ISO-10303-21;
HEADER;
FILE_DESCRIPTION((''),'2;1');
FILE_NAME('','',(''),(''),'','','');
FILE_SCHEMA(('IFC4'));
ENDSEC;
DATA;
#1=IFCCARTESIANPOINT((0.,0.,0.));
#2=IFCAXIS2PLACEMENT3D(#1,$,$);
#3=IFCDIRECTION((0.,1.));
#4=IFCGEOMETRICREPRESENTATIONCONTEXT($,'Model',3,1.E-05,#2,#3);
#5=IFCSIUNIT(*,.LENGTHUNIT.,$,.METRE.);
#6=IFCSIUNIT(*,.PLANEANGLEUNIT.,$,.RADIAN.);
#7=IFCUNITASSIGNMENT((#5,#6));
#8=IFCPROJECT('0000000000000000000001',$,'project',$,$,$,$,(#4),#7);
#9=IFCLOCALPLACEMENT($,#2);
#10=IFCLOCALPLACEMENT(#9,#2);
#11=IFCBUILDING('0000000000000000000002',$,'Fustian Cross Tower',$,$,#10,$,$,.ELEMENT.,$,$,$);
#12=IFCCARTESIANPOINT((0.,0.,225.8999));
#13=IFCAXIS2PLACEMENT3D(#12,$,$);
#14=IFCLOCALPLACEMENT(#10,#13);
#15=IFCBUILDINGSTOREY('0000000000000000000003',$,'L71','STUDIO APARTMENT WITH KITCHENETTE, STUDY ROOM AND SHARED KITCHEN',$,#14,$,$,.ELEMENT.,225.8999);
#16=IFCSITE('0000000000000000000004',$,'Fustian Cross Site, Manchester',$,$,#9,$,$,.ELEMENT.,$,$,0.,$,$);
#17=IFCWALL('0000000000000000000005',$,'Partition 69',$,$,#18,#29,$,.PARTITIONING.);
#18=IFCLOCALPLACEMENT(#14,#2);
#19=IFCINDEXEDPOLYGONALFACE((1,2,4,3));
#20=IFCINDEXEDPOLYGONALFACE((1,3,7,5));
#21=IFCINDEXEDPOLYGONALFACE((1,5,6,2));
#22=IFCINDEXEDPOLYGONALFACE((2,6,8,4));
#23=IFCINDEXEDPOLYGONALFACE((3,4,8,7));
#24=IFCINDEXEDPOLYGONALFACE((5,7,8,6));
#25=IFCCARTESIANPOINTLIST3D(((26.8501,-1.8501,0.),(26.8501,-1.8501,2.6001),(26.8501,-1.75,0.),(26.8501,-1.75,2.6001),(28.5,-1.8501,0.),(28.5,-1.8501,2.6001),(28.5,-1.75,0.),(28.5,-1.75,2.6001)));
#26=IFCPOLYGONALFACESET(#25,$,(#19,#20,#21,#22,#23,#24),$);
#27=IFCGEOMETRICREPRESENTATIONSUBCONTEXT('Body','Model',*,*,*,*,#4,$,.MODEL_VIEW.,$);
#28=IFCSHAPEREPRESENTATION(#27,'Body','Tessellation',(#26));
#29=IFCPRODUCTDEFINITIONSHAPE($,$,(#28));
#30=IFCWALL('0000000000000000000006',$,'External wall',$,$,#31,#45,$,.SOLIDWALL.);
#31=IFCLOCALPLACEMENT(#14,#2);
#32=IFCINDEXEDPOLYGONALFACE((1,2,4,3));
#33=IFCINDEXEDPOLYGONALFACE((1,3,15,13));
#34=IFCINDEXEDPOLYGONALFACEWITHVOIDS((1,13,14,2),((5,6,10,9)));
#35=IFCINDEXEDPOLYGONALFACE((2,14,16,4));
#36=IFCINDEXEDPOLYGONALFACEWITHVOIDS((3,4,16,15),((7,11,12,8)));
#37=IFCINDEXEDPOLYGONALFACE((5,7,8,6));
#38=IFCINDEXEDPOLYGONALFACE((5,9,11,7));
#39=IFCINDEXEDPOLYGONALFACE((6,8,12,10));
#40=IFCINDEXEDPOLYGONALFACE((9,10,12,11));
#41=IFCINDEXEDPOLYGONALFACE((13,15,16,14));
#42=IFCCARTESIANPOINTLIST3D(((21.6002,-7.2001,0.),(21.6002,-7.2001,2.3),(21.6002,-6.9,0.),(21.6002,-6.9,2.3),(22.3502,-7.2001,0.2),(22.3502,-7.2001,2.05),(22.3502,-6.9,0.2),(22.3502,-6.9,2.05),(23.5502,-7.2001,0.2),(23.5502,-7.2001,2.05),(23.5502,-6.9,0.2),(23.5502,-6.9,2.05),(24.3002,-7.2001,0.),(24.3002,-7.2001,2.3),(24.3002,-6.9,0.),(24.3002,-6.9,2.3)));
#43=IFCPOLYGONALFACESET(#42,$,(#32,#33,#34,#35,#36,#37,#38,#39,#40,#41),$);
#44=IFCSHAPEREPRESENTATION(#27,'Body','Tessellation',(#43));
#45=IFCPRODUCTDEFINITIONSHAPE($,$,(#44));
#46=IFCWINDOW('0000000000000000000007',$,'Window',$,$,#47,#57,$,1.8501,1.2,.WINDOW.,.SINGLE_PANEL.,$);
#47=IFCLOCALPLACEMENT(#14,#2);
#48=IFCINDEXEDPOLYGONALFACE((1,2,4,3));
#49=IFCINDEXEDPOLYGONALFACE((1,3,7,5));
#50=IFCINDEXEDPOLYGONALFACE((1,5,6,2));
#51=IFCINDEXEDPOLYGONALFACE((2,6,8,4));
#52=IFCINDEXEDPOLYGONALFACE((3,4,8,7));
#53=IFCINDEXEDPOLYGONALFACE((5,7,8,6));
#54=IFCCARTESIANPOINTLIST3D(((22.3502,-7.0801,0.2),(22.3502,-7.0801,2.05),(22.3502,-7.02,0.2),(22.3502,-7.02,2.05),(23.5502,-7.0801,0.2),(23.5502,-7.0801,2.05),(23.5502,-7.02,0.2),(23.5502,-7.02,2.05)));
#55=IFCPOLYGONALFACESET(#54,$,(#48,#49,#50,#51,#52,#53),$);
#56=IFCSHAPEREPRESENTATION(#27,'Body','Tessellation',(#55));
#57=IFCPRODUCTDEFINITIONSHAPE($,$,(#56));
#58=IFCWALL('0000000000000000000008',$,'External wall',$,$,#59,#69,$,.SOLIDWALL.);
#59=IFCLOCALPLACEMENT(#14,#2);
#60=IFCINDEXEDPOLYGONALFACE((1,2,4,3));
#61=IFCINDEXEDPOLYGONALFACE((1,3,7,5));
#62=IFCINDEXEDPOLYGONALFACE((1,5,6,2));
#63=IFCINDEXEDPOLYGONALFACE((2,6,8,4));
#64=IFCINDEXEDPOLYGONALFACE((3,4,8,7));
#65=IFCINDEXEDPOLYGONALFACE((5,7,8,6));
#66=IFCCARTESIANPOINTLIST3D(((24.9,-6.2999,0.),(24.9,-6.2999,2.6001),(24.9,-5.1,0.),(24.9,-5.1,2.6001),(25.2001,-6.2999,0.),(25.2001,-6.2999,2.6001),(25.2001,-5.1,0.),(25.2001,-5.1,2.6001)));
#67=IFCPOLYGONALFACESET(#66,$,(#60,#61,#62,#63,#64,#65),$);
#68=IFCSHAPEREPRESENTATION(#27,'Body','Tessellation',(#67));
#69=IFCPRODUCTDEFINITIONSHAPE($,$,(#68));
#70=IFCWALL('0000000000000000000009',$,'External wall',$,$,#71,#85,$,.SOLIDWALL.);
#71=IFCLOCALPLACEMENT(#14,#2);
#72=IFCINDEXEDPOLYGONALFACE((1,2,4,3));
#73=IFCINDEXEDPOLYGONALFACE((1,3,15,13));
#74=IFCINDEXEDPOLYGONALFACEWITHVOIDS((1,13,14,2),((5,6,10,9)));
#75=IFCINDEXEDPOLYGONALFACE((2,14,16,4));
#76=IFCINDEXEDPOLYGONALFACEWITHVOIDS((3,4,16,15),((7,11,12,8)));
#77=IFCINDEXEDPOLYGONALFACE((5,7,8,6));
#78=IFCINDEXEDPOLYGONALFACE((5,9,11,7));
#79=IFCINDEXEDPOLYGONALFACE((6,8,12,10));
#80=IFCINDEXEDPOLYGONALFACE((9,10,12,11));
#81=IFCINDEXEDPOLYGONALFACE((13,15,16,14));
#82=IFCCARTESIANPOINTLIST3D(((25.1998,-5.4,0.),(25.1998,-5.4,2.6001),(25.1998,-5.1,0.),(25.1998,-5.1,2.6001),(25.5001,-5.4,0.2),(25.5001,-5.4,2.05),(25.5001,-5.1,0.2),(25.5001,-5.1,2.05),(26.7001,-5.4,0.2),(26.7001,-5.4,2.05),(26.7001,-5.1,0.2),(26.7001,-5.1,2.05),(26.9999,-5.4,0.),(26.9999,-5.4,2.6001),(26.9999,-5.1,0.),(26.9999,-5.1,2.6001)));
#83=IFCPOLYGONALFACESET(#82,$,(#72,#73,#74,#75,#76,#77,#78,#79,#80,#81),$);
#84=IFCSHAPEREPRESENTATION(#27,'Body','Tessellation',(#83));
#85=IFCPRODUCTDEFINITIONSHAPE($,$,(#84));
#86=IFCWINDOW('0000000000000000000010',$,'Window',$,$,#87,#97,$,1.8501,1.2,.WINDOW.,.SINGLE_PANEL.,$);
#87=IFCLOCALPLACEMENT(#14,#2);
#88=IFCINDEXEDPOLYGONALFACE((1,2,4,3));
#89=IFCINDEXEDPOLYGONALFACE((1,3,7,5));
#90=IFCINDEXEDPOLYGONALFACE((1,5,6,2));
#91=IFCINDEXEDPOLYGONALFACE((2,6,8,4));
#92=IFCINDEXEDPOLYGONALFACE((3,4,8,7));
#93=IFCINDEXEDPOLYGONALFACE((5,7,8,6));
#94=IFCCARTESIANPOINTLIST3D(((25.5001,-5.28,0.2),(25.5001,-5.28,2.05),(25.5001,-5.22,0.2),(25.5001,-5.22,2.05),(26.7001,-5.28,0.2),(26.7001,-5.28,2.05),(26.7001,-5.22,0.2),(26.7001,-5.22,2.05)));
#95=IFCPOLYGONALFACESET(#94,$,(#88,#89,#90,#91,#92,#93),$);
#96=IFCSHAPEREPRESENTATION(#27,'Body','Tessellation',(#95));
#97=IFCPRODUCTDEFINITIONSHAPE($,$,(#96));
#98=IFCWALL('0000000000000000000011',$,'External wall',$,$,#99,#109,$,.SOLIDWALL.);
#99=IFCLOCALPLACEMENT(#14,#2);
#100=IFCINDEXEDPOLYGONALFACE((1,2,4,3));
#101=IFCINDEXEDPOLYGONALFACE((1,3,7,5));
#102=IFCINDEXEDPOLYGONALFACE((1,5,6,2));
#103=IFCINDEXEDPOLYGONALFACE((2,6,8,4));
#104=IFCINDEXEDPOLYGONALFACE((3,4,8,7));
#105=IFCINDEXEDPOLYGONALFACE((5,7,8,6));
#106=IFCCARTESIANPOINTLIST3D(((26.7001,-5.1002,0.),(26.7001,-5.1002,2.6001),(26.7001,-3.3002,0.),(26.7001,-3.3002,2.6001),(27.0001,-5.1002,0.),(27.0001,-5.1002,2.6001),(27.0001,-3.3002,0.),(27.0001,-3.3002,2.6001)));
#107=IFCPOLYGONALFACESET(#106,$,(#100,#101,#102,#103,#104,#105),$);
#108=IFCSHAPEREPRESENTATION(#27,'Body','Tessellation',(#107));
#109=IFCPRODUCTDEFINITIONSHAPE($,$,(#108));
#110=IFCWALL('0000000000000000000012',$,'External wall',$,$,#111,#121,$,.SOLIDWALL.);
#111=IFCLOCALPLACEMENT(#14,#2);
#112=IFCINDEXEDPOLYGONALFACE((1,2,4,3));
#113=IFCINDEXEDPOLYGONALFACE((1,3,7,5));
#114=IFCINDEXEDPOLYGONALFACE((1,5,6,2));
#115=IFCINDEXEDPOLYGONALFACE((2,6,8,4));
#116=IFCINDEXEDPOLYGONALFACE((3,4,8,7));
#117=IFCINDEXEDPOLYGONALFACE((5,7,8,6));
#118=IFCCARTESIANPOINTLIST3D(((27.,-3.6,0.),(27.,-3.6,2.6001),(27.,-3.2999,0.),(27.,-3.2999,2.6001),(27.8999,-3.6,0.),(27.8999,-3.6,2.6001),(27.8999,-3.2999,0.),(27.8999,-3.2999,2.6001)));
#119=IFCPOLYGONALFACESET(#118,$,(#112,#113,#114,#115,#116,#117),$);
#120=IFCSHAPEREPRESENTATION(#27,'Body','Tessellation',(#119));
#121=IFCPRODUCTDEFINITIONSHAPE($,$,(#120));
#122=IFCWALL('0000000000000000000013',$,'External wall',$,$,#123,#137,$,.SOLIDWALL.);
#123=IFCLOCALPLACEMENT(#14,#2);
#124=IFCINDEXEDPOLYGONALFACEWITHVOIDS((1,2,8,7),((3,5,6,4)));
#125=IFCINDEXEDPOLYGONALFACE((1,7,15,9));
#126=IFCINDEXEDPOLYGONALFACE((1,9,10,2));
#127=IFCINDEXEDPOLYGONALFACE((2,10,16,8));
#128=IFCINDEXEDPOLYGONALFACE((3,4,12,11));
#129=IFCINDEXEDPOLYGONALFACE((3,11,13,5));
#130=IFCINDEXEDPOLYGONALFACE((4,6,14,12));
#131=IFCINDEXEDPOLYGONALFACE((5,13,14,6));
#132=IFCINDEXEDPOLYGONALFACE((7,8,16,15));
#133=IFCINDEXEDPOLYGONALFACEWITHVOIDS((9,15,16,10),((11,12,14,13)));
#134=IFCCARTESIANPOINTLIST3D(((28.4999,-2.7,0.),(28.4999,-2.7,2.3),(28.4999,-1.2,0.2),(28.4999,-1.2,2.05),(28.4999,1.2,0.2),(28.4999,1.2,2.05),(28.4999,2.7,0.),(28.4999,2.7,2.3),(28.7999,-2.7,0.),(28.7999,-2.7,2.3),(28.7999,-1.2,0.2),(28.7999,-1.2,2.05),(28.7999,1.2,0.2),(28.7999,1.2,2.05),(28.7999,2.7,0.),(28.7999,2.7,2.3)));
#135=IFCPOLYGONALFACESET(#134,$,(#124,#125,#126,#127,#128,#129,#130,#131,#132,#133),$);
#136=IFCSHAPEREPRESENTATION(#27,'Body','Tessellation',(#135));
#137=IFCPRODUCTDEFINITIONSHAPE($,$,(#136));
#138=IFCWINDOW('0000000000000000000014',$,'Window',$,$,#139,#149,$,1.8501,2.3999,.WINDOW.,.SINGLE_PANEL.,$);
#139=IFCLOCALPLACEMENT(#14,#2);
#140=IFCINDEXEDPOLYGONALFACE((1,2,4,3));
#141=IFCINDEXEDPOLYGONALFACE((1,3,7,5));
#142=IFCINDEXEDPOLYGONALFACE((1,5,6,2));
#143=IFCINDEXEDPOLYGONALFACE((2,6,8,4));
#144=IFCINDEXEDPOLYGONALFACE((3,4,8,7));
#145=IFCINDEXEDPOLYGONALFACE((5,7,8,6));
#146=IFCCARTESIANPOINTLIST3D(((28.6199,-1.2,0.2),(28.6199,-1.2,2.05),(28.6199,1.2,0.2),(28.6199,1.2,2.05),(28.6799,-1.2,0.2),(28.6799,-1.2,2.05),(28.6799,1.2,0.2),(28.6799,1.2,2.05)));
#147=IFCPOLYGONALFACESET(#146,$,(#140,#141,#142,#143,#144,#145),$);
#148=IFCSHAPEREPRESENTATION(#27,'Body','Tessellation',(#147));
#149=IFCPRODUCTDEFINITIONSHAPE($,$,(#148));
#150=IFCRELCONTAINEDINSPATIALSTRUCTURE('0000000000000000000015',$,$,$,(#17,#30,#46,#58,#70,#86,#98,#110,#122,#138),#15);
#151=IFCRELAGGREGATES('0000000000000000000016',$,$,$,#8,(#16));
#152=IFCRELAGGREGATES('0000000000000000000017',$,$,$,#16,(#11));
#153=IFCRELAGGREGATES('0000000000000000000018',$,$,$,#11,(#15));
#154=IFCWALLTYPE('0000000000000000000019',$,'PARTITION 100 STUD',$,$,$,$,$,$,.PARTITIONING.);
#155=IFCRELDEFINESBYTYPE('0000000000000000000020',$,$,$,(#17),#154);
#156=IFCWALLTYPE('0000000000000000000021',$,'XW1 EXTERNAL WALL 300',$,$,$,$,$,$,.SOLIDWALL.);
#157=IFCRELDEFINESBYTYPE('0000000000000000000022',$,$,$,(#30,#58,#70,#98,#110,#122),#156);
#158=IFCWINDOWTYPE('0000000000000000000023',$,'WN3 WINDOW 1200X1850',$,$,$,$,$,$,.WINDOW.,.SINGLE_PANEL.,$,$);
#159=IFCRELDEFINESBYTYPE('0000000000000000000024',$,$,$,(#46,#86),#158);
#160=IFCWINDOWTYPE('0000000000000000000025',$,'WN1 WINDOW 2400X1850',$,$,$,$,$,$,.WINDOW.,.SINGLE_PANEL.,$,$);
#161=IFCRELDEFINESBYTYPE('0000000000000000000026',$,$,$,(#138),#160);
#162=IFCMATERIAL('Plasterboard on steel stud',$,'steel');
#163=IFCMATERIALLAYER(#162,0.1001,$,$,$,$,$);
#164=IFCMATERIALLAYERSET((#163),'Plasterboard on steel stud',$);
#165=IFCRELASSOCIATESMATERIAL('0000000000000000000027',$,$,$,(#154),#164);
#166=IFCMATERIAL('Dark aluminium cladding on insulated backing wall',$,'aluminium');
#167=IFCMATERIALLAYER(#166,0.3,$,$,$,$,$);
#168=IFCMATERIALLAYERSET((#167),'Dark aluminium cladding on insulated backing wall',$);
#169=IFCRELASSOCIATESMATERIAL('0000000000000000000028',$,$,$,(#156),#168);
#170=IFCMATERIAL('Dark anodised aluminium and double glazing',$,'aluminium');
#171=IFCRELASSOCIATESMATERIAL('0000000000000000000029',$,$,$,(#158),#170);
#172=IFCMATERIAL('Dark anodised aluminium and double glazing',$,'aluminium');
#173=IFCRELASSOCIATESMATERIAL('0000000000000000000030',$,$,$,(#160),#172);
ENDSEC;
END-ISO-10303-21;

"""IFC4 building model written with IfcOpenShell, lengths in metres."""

from ifc_helpers import new_model, si_unit, direction, frame, frame_2d, origin, place, context, subcontext, project, spatial, rectangle, extrude, material, layer, layer_set, type_object, element, fill, save


model = new_model("IFC4")

# Units and contexts
model_context = context("Model", 3, precision=1e-05, world=origin(), true_north=direction((0.0, 1.0)))
body_context = subcontext(model_context, "Body", "Model", "MODEL_VIEW")
ifc_project = project(units=[si_unit("LENGTHUNIT", "METRE"), si_unit("PLANEANGLEUNIT", "RADIAN")], contexts=[model_context])

# Site, building, storey
site_placement = place(None, origin())
site = spatial("IfcSite", under=ifc_project, at=site_placement, Name="Fustian Cross Site, Manchester", CompositionType="ELEMENT", RefElevation=0.0)
building_placement = place(site_placement, origin())
building = spatial("IfcBuilding", under=site, at=building_placement, Name="Fustian Cross Tower", CompositionType="ELEMENT")
storey_placement = place(building_placement, frame((0.0, 0.0, 225.8999)))
storey = spatial("IfcBuildingStorey", under=building, at=storey_placement, Name="L71", Description="STUDIO APARTMENT WITH KITCHENETTE, STUDY ROOM AND SHARED KITCHEN", CompositionType="ELEMENT", Elevation=225.8999)

# Shared definitions
ifc_material_1 = material(Name="Plasterboard on steel stud", Category="steel")
ifc_layer_1 = layer(ifc_material_1, 0.1001)
ifc_layer_set_1 = layer_set([ifc_layer_1], Name="Plasterboard on steel stud")
wall_type_1 = type_object("IfcWallType", Name="PARTITION 100 STUD", PredefinedType="PARTITIONING", material=ifc_layer_set_1)

# Wall
wall_1_placement = place(storey_placement, frame((26.8501, -1.8, 0.0), z_axis=(0.0, 0.0, 1.0), x_axis=(1.0, 0.0, 0.0)))
element("IfcWall", 1, at=wall_1_placement, inside=storey, type_object=wall_type_1, Name="Partition 69", PredefinedType="PARTITIONING", context=body_context, shape_type="SweptSolid", body=[
    extrude(rectangle(XDim=1.6499, YDim=0.1001, at=frame_2d((0.825, 0.0))), origin(), (0.0, 0.0, 1.0), 2.6001),
])

# Wall, opening, window
ifc_material_2 = material(Name="Dark aluminium cladding on insulated backing wall", Category="aluminium")
ifc_layer_2 = layer(ifc_material_2, 0.3)
ifc_layer_set_2 = layer_set([ifc_layer_2], Name="Dark aluminium cladding on insulated backing wall")
wall_type_2 = type_object("IfcWallType", Name="XW1 EXTERNAL WALL 300", PredefinedType="SOLIDWALL", material=ifc_layer_set_2)
wall_2_placement = place(storey_placement, frame((21.6001, -7.05, 0.0), z_axis=(0.0, 0.0, 1.0), x_axis=(1.0, 0.0, 0.0)))
wall_2 = element("IfcWall", 2, at=wall_2_placement, inside=storey, type_object=wall_type_2, Name="External wall", PredefinedType="SOLIDWALL", context=body_context, shape_type="SweptSolid", body=[
    extrude(rectangle(XDim=2.7, YDim=0.3, at=frame_2d((1.3501, 0.0))), origin(), (0.0, 0.0, 1.0), 2.3),
])
opening_1_placement = place(wall_2_placement, frame((0.75, 0.0, 0.2)))
opening_1 = element("IfcOpeningElement", 3, at=opening_1_placement, cuts=wall_2, PredefinedType="OPENING", context=body_context, shape_type="SweptSolid", body=[
    extrude(rectangle(XDim=1.2, YDim=1.8501, at=frame_2d((0.6001, 0.925))), frame((0.0, 0.1599, 0.0), z_axis=(0.0, -1.0, 0.0), x_axis=(1.0, 0.0, 0.0)), (0.0, 0.0, 1.0), 0.3201),
])
ifc_material_3 = material(Name="Dark anodised aluminium and double glazing", Category="aluminium")
window_type_1 = type_object("IfcWindowType", Name="WN3 WINDOW 1200X1850", PartitioningType="SINGLE_PANEL", PredefinedType="WINDOW", material=ifc_material_3)
window_1_placement = place(opening_1_placement, origin())
window_1 = element("IfcWindow", 4, at=window_1_placement, inside=storey, type_object=window_type_1, Name="Window", OverallHeight=1.8501, OverallWidth=1.2, PartitioningType="SINGLE_PANEL", PredefinedType="WINDOW", context=body_context, shape_type="SweptSolid", body=[
    extrude(rectangle(XDim=1.2, YDim=1.8501, at=frame_2d((0.6001, 0.925))), frame((0.0, 0.03, 0.0), z_axis=(0.0, -1.0, 0.0), x_axis=(1.0, 0.0, 0.0)), (0.0, 0.0, 1.0), 0.0601),
])
fill(opening_1, window_1)

# Wall
wall_3_placement = place(storey_placement, frame((25.05, -6.3, 0.0), z_axis=(0.0, 0.0, 1.0), x_axis=(0.0, 1.0, 0.0)))
element("IfcWall", 5, at=wall_3_placement, inside=storey, type_object=wall_type_2, Name="External wall", PredefinedType="SOLIDWALL", context=body_context, shape_type="SweptSolid", body=[
    extrude(rectangle(XDim=1.2, YDim=0.3, at=frame_2d((0.6001, 0.0))), origin(), (0.0, 0.0, 1.0), 2.6001),
])

# Wall, opening, window
wall_4_placement = place(storey_placement, frame((25.2, -5.25, 0.0), z_axis=(0.0, 0.0, 1.0), x_axis=(1.0, 0.0, 0.0)))
wall_4 = element("IfcWall", 6, at=wall_4_placement, inside=storey, type_object=wall_type_2, Name="External wall", PredefinedType="SOLIDWALL", context=body_context, shape_type="SweptSolid", body=[
    extrude(rectangle(XDim=1.8, YDim=0.3, at=frame_2d((0.8999, 0.0))), origin(), (0.0, 0.0, 1.0), 2.6001),
])
opening_2_placement = place(wall_4_placement, frame((0.3, 0.0, 0.2)))
opening_2 = element("IfcOpeningElement", 7, at=opening_2_placement, cuts=wall_4, PredefinedType="OPENING", context=body_context, shape_type="SweptSolid", body=[
    extrude(rectangle(XDim=1.2, YDim=1.8501, at=frame_2d((0.6001, 0.925))), frame((0.0, 0.1599, 0.0), z_axis=(0.0, -1.0, 0.0), x_axis=(1.0, 0.0, 0.0)), (0.0, 0.0, 1.0), 0.3201),
])
window_2_placement = place(opening_2_placement, origin())
window_2 = element("IfcWindow", 8, at=window_2_placement, inside=storey, type_object=window_type_1, Name="Window", OverallHeight=1.8501, OverallWidth=1.2, PartitioningType="SINGLE_PANEL", PredefinedType="WINDOW", context=body_context, shape_type="SweptSolid", body=[
    extrude(rectangle(XDim=1.2, YDim=1.8501, at=frame_2d((0.6001, 0.925))), frame((0.0, 0.03, 0.0), z_axis=(0.0, -1.0, 0.0), x_axis=(1.0, 0.0, 0.0)), (0.0, 0.0, 1.0), 0.0601),
])
fill(opening_2, window_2)

# Walls
wall_5_placement = place(storey_placement, frame((26.8501, -5.1001, 0.0), z_axis=(0.0, 0.0, 1.0), x_axis=(0.0, 1.0, 0.0)))
element("IfcWall", 9, at=wall_5_placement, inside=storey, type_object=wall_type_2, Name="External wall", PredefinedType="SOLIDWALL", context=body_context, shape_type="SweptSolid", body=[
    extrude(rectangle(XDim=1.8, YDim=0.3, at=frame_2d((0.8999, 0.0))), origin(), (0.0, 0.0, 1.0), 2.6001),
])
wall_6_placement = place(storey_placement, frame((27.0, -3.45, 0.0), z_axis=(0.0, 0.0, 1.0), x_axis=(1.0, 0.0, 0.0)))
element("IfcWall", 10, at=wall_6_placement, inside=storey, type_object=wall_type_2, Name="External wall", PredefinedType="SOLIDWALL", context=body_context, shape_type="SweptSolid", body=[
    extrude(rectangle(XDim=0.8999, YDim=0.3, at=frame_2d((0.45, 0.0))), origin(), (0.0, 0.0, 1.0), 2.6001),
])

# Wall, opening, window
wall_7_placement = place(storey_placement, frame((28.6499, -2.7, 0.0), z_axis=(0.0, 0.0, 1.0), x_axis=(0.0, 1.0, 0.0)))
wall_7 = element("IfcWall", 11, at=wall_7_placement, inside=storey, type_object=wall_type_2, Name="External wall", PredefinedType="SOLIDWALL", context=body_context, shape_type="SweptSolid", body=[
    extrude(rectangle(XDim=5.3999, YDim=0.3, at=frame_2d((2.7, 0.0))), origin(), (0.0, 0.0, 1.0), 2.3),
])
opening_3_placement = place(wall_7_placement, frame((1.5, 0.0, 0.2)))
opening_3 = element("IfcOpeningElement", 12, at=opening_3_placement, cuts=wall_7, PredefinedType="OPENING", context=body_context, shape_type="SweptSolid", body=[
    extrude(rectangle(XDim=2.3999, YDim=1.8501, at=frame_2d((1.2, 0.925))), frame((0.0, 0.1599, 0.0), z_axis=(0.0, -1.0, 0.0), x_axis=(1.0, 0.0, 0.0)), (0.0, 0.0, 1.0), 0.3201),
])
ifc_material_4 = material(Name="Dark anodised aluminium and double glazing", Category="aluminium")
window_type_2 = type_object("IfcWindowType", Name="WN1 WINDOW 2400X1850", PartitioningType="SINGLE_PANEL", PredefinedType="WINDOW", material=ifc_material_4)
window_3_placement = place(opening_3_placement, origin())
window_3 = element("IfcWindow", 13, at=window_3_placement, inside=storey, type_object=window_type_2, Name="Window", OverallHeight=1.8501, OverallWidth=2.3999, PartitioningType="SINGLE_PANEL", PredefinedType="WINDOW", context=body_context, shape_type="SweptSolid", body=[
    extrude(rectangle(XDim=2.3999, YDim=1.8501, at=frame_2d((1.2, 0.925))), frame((0.0, 0.03, 0.0), z_axis=(0.0, -1.0, 0.0), x_axis=(1.0, 0.0, 0.0)), (0.0, 0.0, 1.0), 0.0601),
])
fill(opening_3, window_3)

save(model, "model.ifc")
